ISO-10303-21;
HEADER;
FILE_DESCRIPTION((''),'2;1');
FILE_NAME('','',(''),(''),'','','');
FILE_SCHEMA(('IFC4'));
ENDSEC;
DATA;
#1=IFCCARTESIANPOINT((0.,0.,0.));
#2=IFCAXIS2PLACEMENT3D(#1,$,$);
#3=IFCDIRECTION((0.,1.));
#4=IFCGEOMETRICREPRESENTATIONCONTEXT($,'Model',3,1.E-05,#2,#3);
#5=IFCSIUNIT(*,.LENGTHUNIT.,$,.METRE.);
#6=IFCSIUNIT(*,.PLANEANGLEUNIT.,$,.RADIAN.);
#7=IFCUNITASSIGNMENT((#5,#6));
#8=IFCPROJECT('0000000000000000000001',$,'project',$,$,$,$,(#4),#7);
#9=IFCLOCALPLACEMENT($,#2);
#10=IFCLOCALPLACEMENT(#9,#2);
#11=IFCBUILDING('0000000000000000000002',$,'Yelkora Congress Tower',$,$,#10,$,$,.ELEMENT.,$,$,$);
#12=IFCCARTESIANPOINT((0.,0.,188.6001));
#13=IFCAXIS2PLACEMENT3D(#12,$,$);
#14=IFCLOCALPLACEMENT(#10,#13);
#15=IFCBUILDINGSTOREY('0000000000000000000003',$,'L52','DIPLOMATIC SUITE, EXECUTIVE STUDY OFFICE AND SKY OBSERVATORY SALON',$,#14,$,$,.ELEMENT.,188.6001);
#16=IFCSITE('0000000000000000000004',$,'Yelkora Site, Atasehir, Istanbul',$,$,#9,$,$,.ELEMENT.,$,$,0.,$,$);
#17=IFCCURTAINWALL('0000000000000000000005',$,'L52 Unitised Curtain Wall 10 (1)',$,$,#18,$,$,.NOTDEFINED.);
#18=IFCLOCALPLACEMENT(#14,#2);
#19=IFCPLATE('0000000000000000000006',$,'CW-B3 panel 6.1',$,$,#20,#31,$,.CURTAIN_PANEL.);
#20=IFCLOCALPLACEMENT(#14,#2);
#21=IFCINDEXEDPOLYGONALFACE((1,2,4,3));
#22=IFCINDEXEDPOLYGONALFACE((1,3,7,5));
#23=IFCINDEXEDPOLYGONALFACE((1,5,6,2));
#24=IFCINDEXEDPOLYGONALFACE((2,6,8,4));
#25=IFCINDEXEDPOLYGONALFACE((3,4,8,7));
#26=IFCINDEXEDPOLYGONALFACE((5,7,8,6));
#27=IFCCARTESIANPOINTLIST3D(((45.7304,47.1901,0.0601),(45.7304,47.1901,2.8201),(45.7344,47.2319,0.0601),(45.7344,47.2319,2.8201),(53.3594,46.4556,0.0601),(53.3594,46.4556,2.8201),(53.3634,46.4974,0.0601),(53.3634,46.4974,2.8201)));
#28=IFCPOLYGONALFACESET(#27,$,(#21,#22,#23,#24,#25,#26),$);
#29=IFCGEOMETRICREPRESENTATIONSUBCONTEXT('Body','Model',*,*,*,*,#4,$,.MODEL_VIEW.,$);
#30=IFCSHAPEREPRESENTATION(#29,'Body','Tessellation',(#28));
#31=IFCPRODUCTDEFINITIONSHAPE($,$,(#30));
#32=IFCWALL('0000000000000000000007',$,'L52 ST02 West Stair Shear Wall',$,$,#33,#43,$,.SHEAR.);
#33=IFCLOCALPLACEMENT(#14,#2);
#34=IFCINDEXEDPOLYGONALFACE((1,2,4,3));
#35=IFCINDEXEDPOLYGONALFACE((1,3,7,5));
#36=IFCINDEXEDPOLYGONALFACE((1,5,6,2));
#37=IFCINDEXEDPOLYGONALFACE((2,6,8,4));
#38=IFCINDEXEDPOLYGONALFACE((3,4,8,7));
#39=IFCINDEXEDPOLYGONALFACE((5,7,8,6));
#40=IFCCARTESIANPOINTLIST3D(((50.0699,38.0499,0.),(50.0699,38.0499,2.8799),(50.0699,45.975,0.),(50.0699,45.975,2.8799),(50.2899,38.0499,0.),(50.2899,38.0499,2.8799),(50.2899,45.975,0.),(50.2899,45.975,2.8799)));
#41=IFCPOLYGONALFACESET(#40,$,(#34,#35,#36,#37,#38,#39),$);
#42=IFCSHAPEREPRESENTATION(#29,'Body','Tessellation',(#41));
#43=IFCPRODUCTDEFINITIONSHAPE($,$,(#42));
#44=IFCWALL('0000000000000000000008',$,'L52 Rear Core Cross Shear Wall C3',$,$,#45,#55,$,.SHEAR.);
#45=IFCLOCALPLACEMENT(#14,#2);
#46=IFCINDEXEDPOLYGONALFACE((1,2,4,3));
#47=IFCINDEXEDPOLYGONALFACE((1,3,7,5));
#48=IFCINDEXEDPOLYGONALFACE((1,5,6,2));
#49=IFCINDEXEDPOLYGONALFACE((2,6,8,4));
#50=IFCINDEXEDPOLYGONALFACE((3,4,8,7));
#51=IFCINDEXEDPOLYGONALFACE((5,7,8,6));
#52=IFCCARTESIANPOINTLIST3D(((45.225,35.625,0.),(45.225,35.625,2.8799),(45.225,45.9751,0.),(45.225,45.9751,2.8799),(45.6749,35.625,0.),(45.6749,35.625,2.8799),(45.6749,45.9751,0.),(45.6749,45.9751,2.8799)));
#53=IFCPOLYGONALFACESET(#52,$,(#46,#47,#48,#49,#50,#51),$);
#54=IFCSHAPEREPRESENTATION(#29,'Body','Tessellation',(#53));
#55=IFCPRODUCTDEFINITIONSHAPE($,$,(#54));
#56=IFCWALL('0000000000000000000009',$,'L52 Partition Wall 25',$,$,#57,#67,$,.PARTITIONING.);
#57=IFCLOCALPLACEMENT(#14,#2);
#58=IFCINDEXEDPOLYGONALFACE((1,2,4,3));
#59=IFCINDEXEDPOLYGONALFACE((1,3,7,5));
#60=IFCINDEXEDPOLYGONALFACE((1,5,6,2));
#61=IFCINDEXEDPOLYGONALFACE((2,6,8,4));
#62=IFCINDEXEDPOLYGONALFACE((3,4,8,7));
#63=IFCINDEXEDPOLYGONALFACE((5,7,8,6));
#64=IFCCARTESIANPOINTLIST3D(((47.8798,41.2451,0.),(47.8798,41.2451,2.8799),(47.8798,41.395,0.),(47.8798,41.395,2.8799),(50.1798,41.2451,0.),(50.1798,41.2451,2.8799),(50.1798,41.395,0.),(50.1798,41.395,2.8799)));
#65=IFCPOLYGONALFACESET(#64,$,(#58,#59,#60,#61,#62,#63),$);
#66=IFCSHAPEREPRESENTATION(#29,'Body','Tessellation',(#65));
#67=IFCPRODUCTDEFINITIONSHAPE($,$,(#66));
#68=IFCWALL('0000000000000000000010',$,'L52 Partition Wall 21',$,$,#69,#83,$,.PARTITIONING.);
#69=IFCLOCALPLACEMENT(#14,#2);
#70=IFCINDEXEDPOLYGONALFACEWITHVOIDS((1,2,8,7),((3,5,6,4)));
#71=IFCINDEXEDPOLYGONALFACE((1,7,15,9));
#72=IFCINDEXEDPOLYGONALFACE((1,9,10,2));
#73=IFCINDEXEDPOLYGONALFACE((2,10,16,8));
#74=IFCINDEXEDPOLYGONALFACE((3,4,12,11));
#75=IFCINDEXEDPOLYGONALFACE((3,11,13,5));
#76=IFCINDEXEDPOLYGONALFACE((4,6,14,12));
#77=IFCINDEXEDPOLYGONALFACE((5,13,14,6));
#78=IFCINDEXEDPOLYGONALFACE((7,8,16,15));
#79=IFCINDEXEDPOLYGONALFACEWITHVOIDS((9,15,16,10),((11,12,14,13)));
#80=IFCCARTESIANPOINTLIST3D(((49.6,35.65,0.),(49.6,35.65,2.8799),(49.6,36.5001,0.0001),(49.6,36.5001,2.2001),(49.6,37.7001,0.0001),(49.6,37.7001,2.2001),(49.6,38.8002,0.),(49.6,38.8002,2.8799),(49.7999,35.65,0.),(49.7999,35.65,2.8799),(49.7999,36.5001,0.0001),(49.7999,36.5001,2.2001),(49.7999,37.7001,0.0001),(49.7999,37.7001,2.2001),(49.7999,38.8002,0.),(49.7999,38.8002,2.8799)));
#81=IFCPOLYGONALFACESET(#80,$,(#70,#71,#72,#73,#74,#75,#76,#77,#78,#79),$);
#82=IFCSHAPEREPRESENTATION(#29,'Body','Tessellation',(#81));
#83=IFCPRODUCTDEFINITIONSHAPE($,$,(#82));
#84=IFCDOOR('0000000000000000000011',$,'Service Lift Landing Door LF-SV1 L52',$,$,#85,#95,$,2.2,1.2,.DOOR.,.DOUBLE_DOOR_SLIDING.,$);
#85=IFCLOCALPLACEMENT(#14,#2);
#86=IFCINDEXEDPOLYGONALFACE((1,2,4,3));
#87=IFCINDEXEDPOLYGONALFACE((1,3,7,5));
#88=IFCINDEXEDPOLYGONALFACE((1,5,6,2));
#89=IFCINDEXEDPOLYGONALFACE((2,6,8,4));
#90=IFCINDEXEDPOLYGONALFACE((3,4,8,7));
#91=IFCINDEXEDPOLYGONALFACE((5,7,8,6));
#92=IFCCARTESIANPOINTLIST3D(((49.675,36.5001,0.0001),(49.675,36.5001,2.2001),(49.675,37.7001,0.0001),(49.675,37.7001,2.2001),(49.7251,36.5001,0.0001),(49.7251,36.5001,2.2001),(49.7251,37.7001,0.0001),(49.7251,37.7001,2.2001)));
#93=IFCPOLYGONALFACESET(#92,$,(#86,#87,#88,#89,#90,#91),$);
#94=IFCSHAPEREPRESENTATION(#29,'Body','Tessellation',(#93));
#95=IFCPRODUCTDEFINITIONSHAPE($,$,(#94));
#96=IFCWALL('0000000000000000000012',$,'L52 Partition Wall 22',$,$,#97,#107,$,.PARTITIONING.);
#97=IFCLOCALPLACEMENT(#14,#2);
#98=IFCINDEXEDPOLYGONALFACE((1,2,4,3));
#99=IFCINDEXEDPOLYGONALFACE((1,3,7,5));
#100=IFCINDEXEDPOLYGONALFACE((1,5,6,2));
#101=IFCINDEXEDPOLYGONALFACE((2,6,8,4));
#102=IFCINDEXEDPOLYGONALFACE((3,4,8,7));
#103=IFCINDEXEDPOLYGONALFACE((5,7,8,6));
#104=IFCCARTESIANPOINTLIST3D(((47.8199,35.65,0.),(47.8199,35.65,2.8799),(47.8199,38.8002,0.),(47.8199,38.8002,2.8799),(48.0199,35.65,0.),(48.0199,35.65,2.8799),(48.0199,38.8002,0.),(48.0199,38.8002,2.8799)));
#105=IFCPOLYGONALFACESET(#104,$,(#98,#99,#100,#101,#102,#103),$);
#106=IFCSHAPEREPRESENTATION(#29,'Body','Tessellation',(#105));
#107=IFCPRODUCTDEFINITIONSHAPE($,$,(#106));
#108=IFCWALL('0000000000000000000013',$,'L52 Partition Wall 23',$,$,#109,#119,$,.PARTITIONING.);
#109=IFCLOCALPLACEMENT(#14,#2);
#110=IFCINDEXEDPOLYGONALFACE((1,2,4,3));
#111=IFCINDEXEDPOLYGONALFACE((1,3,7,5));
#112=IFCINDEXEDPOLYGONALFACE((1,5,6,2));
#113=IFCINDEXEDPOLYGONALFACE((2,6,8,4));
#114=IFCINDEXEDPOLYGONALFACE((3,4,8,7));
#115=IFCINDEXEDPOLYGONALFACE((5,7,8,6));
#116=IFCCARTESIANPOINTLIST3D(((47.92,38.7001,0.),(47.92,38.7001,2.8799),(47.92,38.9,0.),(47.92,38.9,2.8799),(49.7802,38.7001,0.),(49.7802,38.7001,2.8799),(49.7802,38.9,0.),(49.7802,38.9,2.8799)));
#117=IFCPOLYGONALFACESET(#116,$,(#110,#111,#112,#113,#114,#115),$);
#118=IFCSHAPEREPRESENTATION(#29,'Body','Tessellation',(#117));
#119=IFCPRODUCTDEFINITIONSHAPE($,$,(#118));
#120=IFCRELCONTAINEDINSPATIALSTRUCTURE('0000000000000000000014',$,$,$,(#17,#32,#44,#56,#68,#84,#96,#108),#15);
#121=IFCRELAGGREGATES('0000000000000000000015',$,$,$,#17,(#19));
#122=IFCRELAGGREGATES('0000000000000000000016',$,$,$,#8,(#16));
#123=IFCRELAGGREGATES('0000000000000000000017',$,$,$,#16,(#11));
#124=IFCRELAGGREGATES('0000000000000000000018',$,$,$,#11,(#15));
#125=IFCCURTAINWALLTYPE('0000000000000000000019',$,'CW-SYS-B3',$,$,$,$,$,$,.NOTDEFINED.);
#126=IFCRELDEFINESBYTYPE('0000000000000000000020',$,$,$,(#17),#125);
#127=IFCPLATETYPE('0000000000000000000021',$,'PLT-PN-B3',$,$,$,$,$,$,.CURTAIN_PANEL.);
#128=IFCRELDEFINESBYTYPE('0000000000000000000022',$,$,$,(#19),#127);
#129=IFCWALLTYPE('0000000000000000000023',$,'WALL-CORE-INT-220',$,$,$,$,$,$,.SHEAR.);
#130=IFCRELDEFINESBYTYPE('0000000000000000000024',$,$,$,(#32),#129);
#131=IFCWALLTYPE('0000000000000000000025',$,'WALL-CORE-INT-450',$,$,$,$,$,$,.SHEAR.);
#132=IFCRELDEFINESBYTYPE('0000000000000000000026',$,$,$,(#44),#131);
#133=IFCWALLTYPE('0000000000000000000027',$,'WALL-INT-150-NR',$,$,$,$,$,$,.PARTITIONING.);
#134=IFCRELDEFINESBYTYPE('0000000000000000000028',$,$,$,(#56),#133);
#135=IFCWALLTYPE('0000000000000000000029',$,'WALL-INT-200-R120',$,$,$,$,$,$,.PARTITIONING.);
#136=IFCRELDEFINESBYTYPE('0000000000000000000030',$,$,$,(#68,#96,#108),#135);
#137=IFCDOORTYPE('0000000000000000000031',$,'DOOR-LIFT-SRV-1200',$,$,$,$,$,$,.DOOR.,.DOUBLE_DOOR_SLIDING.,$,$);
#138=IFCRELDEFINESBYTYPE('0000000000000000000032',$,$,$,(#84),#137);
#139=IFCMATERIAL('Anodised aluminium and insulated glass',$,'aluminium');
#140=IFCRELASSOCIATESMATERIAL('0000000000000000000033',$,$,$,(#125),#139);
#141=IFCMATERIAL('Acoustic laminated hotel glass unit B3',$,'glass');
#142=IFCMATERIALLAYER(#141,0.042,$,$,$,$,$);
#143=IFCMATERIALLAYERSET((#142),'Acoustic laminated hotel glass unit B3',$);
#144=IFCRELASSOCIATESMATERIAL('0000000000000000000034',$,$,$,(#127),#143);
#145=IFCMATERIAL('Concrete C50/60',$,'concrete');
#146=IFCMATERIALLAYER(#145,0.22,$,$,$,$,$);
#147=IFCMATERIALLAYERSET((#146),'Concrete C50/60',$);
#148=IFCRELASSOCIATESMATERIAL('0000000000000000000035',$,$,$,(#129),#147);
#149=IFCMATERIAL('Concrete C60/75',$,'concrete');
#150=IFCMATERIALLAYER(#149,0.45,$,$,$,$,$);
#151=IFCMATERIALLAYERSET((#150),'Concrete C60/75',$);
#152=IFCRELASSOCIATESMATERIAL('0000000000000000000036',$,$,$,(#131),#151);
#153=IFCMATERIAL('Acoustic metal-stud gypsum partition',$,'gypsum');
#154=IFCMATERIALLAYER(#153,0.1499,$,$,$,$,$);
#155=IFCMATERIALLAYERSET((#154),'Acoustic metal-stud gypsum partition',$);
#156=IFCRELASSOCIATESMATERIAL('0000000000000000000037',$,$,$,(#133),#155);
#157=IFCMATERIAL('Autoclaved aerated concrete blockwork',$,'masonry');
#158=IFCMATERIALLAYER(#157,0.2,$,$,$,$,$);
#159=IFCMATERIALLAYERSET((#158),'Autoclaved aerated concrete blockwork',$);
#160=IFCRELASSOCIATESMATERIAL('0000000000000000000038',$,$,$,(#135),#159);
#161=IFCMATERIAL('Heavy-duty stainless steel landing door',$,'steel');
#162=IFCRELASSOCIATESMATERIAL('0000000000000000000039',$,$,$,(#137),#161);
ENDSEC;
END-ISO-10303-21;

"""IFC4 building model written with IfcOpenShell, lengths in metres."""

from ifc_helpers import new_model, si_unit, direction, frame, frame_2d, origin, origin_2d, place, context, subcontext, project, spatial, rectangle, extrude, material, layer, layer_set, type_object, element, fill, aggregate, save


model = new_model("IFC4")

# Units and contexts
model_context = context("Model", 3, precision=1e-05, world=origin(), true_north=direction((0.0, 1.0)))
body_context = subcontext(model_context, "Body", "Model", "MODEL_VIEW")
ifc_project = project(units=[si_unit("LENGTHUNIT", "METRE"), si_unit("PLANEANGLEUNIT", "RADIAN")], contexts=[model_context])

# Site, building, storey
site_placement = place(None, origin())
site = spatial("IfcSite", under=ifc_project, at=site_placement, Name="Yelkora Site, Atasehir, Istanbul", CompositionType="ELEMENT", RefElevation=0.0)
building_placement = place(site_placement, origin())
building = spatial("IfcBuilding", under=site, at=building_placement, Name="Yelkora Congress Tower", CompositionType="ELEMENT")
storey_placement = place(building_placement, frame((0.0, 0.0, 188.6001)))
storey = spatial("IfcBuildingStorey", under=building, at=storey_placement, Name="L52", Description="DIPLOMATIC SUITE, EXECUTIVE STUDY OFFICE AND SKY OBSERVATORY SALON", CompositionType="ELEMENT", Elevation=188.6001)

# Curtain wall, plate
ifc_material_1 = material(Name="Anodised aluminium and insulated glass", Category="aluminium")
curtain_wall_type = type_object("IfcCurtainWallType", Name="CW-SYS-B3", PredefinedType="NOTDEFINED", material=ifc_material_1)
curtain_wall_placement = place(storey_placement, origin())
curtain_wall = element("IfcCurtainWall", 1, at=curtain_wall_placement, inside=storey, type_object=curtain_wall_type, Name="L52 Unitised Curtain Wall 10 (1)", PredefinedType="NOTDEFINED")
ifc_material_2 = material(Name="Acoustic laminated hotel glass unit B3", Category="glass")
ifc_layer_1 = layer(ifc_material_2, 0.042)
ifc_layer_set_1 = layer_set([ifc_layer_1], Name="Acoustic laminated hotel glass unit B3")
plate_type = type_object("IfcPlateType", Name="PLT-PN-B3", PredefinedType="CURTAIN_PANEL", material=ifc_layer_set_1)
plate_placement = place(storey_placement, frame((49.5469, 46.8438, 0.0601), z_axis=(0.0, 0.0, 1.0), x_axis=(0.995396, -0.095845, 0.0)))
plate = element("IfcPlate", 2, at=plate_placement, type_object=plate_type, Name="CW-B3 panel 6.1", PredefinedType="CURTAIN_PANEL", context=body_context, shape_type="SweptSolid", body=[
    extrude(rectangle(XDim=7.6643, YDim=0.042, at=origin_2d()), origin(), (0.0, 0.0, 1.0), 2.76),
])
aggregate(curtain_wall, [plate])

# Walls
ifc_material_3 = material(Name="Concrete C50/60", Category="concrete")
ifc_layer_2 = layer(ifc_material_3, 0.22)
ifc_layer_set_2 = layer_set([ifc_layer_2], Name="Concrete C50/60")
wall_type_1 = type_object("IfcWallType", Name="WALL-CORE-INT-220", PredefinedType="SHEAR", material=ifc_layer_set_2)
wall_1_placement = place(storey_placement, frame((50.1799, 38.05, 0.0), z_axis=(0.0, 0.0, 1.0), x_axis=(0.0, 1.0, 0.0)))
element("IfcWall", 3, at=wall_1_placement, inside=storey, type_object=wall_type_1, Name="L52 ST02 West Stair Shear Wall", PredefinedType="SHEAR", context=body_context, shape_type="SweptSolid", body=[
    extrude(rectangle(XDim=7.925, YDim=0.22, at=frame_2d((3.9624, 0.0))), origin(), (0.0, 0.0, 1.0), 2.8799),
])
ifc_material_4 = material(Name="Concrete C60/75", Category="concrete")
ifc_layer_3 = layer(ifc_material_4, 0.45)
ifc_layer_set_3 = layer_set([ifc_layer_3], Name="Concrete C60/75")
wall_type_2 = type_object("IfcWallType", Name="WALL-CORE-INT-450", PredefinedType="SHEAR", material=ifc_layer_set_3)
wall_2_placement = place(storey_placement, frame((45.45, 35.625, 0.0), z_axis=(0.0, 0.0, 1.0), x_axis=(0.0, 1.0, 0.0)))
element("IfcWall", 4, at=wall_2_placement, inside=storey, type_object=wall_type_2, Name="L52 Rear Core Cross Shear Wall C3", PredefinedType="SHEAR", context=body_context, shape_type="SweptSolid", body=[
    extrude(rectangle(XDim=10.3501, YDim=0.45, at=frame_2d((5.175, 0.0))), origin(), (0.0, 0.0, 1.0), 2.8799),
])

# Shared definitions
ifc_material_5 = material(Name="Acoustic metal-stud gypsum partition", Category="gypsum")
ifc_layer_4 = layer(ifc_material_5, 0.1499)
ifc_layer_set_4 = layer_set([ifc_layer_4], Name="Acoustic metal-stud gypsum partition")
wall_type_3 = type_object("IfcWallType", Name="WALL-INT-150-NR", PredefinedType="PARTITIONING", material=ifc_layer_set_4)

# Wall
wall_3_placement = place(storey_placement, frame((47.8799, 41.3201, 0.0), z_axis=(0.0, 0.0, 1.0), x_axis=(1.0, 0.0, 0.0)))
element("IfcWall", 5, at=wall_3_placement, inside=storey, type_object=wall_type_3, Name="L52 Partition Wall 25", PredefinedType="PARTITIONING", context=body_context, shape_type="SweptSolid", body=[
    extrude(rectangle(XDim=2.3, YDim=0.1499, at=frame_2d((1.1499, 0.0))), origin(), (0.0, 0.0, 1.0), 2.8799),
])

# Wall, opening, door
ifc_material_6 = material(Name="Autoclaved aerated concrete blockwork", Category="masonry")
ifc_layer_5 = layer(ifc_material_6, 0.2)
ifc_layer_set_5 = layer_set([ifc_layer_5], Name="Autoclaved aerated concrete blockwork")
wall_type_4 = type_object("IfcWallType", Name="WALL-INT-200-R120", PredefinedType="PARTITIONING", material=ifc_layer_set_5)
wall_4_placement = place(storey_placement, frame((49.7, 35.6499, 0.0), z_axis=(0.0, 0.0, 1.0), x_axis=(0.0, 1.0, 0.0)))
wall_4 = element("IfcWall", 6, at=wall_4_placement, inside=storey, type_object=wall_type_4, Name="L52 Partition Wall 21", PredefinedType="PARTITIONING", context=body_context, shape_type="SweptSolid", body=[
    extrude(rectangle(XDim=3.1501, YDim=0.2, at=frame_2d((1.5752, 0.0))), origin(), (0.0, 0.0, 1.0), 2.8799),
])
opening_1_placement = place(wall_4_placement, frame((0.8501, 0.0, 0.0)))
opening_1 = element("IfcOpeningElement", 7, at=opening_1_placement, cuts=wall_4, PredefinedType="OPENING", context=body_context, shape_type="SweptSolid", body=[
    extrude(rectangle(XDim=1.2, YDim=2.2, at=frame_2d((0.6001, 1.1001))), frame((0.0, 0.1099, 0.0), z_axis=(0.0, -1.0, 0.0), x_axis=(1.0, 0.0, 0.0)), (0.0, 0.0, 1.0), 0.22),
])
ifc_material_7 = material(Name="Heavy-duty stainless steel landing door", Category="steel")
door_type_1 = type_object("IfcDoorType", Name="DOOR-LIFT-SRV-1200", OperationType="DOUBLE_DOOR_SLIDING", PredefinedType="DOOR", material=ifc_material_7)
door_1_placement = place(opening_1_placement, origin())
door_1 = element("IfcDoor", 8, at=door_1_placement, inside=storey, type_object=door_type_1, Name="Service Lift Landing Door LF-SV1 L52", OperationType="DOUBLE_DOOR_SLIDING", OverallHeight=2.2, OverallWidth=1.2, PredefinedType="DOOR", context=body_context, shape_type="SweptSolid", body=[
    extrude(rectangle(XDim=1.2, YDim=2.2, at=frame_2d((0.6001, 1.1001))), frame((0.0, 0.0249, 0.0), z_axis=(0.0, -1.0, 0.0), x_axis=(1.0, 0.0, 0.0)), (0.0, 0.0, 1.0), 0.05),
])
fill(opening_1, door_1)

# Walls
wall_5_placement = place(storey_placement, frame((47.9199, 35.6499, 0.0), z_axis=(0.0, 0.0, 1.0), x_axis=(0.0, 1.0, 0.0)))
element("IfcWall", 9, at=wall_5_placement, inside=storey, type_object=wall_type_4, Name="L52 Partition Wall 22", PredefinedType="PARTITIONING", context=body_context, shape_type="SweptSolid", body=[
    extrude(rectangle(XDim=3.1501, YDim=0.2, at=frame_2d((1.5752, 0.0))), origin(), (0.0, 0.0, 1.0), 2.8799),
])
wall_6_placement = place(storey_placement, frame((47.9199, 38.8, 0.0), z_axis=(0.0, 0.0, 1.0), x_axis=(1.0, 0.0, 0.0)))
element("IfcWall", 10, at=wall_6_placement, inside=storey, type_object=wall_type_4, Name="L52 Partition Wall 23", PredefinedType="PARTITIONING", context=body_context, shape_type="SweptSolid", body=[
    extrude(rectangle(XDim=1.8601, YDim=0.2, at=frame_2d((0.9302, 0.0))), origin(), (0.0, 0.0, 1.0), 2.8799),
])

save(model, "model.ifc")
